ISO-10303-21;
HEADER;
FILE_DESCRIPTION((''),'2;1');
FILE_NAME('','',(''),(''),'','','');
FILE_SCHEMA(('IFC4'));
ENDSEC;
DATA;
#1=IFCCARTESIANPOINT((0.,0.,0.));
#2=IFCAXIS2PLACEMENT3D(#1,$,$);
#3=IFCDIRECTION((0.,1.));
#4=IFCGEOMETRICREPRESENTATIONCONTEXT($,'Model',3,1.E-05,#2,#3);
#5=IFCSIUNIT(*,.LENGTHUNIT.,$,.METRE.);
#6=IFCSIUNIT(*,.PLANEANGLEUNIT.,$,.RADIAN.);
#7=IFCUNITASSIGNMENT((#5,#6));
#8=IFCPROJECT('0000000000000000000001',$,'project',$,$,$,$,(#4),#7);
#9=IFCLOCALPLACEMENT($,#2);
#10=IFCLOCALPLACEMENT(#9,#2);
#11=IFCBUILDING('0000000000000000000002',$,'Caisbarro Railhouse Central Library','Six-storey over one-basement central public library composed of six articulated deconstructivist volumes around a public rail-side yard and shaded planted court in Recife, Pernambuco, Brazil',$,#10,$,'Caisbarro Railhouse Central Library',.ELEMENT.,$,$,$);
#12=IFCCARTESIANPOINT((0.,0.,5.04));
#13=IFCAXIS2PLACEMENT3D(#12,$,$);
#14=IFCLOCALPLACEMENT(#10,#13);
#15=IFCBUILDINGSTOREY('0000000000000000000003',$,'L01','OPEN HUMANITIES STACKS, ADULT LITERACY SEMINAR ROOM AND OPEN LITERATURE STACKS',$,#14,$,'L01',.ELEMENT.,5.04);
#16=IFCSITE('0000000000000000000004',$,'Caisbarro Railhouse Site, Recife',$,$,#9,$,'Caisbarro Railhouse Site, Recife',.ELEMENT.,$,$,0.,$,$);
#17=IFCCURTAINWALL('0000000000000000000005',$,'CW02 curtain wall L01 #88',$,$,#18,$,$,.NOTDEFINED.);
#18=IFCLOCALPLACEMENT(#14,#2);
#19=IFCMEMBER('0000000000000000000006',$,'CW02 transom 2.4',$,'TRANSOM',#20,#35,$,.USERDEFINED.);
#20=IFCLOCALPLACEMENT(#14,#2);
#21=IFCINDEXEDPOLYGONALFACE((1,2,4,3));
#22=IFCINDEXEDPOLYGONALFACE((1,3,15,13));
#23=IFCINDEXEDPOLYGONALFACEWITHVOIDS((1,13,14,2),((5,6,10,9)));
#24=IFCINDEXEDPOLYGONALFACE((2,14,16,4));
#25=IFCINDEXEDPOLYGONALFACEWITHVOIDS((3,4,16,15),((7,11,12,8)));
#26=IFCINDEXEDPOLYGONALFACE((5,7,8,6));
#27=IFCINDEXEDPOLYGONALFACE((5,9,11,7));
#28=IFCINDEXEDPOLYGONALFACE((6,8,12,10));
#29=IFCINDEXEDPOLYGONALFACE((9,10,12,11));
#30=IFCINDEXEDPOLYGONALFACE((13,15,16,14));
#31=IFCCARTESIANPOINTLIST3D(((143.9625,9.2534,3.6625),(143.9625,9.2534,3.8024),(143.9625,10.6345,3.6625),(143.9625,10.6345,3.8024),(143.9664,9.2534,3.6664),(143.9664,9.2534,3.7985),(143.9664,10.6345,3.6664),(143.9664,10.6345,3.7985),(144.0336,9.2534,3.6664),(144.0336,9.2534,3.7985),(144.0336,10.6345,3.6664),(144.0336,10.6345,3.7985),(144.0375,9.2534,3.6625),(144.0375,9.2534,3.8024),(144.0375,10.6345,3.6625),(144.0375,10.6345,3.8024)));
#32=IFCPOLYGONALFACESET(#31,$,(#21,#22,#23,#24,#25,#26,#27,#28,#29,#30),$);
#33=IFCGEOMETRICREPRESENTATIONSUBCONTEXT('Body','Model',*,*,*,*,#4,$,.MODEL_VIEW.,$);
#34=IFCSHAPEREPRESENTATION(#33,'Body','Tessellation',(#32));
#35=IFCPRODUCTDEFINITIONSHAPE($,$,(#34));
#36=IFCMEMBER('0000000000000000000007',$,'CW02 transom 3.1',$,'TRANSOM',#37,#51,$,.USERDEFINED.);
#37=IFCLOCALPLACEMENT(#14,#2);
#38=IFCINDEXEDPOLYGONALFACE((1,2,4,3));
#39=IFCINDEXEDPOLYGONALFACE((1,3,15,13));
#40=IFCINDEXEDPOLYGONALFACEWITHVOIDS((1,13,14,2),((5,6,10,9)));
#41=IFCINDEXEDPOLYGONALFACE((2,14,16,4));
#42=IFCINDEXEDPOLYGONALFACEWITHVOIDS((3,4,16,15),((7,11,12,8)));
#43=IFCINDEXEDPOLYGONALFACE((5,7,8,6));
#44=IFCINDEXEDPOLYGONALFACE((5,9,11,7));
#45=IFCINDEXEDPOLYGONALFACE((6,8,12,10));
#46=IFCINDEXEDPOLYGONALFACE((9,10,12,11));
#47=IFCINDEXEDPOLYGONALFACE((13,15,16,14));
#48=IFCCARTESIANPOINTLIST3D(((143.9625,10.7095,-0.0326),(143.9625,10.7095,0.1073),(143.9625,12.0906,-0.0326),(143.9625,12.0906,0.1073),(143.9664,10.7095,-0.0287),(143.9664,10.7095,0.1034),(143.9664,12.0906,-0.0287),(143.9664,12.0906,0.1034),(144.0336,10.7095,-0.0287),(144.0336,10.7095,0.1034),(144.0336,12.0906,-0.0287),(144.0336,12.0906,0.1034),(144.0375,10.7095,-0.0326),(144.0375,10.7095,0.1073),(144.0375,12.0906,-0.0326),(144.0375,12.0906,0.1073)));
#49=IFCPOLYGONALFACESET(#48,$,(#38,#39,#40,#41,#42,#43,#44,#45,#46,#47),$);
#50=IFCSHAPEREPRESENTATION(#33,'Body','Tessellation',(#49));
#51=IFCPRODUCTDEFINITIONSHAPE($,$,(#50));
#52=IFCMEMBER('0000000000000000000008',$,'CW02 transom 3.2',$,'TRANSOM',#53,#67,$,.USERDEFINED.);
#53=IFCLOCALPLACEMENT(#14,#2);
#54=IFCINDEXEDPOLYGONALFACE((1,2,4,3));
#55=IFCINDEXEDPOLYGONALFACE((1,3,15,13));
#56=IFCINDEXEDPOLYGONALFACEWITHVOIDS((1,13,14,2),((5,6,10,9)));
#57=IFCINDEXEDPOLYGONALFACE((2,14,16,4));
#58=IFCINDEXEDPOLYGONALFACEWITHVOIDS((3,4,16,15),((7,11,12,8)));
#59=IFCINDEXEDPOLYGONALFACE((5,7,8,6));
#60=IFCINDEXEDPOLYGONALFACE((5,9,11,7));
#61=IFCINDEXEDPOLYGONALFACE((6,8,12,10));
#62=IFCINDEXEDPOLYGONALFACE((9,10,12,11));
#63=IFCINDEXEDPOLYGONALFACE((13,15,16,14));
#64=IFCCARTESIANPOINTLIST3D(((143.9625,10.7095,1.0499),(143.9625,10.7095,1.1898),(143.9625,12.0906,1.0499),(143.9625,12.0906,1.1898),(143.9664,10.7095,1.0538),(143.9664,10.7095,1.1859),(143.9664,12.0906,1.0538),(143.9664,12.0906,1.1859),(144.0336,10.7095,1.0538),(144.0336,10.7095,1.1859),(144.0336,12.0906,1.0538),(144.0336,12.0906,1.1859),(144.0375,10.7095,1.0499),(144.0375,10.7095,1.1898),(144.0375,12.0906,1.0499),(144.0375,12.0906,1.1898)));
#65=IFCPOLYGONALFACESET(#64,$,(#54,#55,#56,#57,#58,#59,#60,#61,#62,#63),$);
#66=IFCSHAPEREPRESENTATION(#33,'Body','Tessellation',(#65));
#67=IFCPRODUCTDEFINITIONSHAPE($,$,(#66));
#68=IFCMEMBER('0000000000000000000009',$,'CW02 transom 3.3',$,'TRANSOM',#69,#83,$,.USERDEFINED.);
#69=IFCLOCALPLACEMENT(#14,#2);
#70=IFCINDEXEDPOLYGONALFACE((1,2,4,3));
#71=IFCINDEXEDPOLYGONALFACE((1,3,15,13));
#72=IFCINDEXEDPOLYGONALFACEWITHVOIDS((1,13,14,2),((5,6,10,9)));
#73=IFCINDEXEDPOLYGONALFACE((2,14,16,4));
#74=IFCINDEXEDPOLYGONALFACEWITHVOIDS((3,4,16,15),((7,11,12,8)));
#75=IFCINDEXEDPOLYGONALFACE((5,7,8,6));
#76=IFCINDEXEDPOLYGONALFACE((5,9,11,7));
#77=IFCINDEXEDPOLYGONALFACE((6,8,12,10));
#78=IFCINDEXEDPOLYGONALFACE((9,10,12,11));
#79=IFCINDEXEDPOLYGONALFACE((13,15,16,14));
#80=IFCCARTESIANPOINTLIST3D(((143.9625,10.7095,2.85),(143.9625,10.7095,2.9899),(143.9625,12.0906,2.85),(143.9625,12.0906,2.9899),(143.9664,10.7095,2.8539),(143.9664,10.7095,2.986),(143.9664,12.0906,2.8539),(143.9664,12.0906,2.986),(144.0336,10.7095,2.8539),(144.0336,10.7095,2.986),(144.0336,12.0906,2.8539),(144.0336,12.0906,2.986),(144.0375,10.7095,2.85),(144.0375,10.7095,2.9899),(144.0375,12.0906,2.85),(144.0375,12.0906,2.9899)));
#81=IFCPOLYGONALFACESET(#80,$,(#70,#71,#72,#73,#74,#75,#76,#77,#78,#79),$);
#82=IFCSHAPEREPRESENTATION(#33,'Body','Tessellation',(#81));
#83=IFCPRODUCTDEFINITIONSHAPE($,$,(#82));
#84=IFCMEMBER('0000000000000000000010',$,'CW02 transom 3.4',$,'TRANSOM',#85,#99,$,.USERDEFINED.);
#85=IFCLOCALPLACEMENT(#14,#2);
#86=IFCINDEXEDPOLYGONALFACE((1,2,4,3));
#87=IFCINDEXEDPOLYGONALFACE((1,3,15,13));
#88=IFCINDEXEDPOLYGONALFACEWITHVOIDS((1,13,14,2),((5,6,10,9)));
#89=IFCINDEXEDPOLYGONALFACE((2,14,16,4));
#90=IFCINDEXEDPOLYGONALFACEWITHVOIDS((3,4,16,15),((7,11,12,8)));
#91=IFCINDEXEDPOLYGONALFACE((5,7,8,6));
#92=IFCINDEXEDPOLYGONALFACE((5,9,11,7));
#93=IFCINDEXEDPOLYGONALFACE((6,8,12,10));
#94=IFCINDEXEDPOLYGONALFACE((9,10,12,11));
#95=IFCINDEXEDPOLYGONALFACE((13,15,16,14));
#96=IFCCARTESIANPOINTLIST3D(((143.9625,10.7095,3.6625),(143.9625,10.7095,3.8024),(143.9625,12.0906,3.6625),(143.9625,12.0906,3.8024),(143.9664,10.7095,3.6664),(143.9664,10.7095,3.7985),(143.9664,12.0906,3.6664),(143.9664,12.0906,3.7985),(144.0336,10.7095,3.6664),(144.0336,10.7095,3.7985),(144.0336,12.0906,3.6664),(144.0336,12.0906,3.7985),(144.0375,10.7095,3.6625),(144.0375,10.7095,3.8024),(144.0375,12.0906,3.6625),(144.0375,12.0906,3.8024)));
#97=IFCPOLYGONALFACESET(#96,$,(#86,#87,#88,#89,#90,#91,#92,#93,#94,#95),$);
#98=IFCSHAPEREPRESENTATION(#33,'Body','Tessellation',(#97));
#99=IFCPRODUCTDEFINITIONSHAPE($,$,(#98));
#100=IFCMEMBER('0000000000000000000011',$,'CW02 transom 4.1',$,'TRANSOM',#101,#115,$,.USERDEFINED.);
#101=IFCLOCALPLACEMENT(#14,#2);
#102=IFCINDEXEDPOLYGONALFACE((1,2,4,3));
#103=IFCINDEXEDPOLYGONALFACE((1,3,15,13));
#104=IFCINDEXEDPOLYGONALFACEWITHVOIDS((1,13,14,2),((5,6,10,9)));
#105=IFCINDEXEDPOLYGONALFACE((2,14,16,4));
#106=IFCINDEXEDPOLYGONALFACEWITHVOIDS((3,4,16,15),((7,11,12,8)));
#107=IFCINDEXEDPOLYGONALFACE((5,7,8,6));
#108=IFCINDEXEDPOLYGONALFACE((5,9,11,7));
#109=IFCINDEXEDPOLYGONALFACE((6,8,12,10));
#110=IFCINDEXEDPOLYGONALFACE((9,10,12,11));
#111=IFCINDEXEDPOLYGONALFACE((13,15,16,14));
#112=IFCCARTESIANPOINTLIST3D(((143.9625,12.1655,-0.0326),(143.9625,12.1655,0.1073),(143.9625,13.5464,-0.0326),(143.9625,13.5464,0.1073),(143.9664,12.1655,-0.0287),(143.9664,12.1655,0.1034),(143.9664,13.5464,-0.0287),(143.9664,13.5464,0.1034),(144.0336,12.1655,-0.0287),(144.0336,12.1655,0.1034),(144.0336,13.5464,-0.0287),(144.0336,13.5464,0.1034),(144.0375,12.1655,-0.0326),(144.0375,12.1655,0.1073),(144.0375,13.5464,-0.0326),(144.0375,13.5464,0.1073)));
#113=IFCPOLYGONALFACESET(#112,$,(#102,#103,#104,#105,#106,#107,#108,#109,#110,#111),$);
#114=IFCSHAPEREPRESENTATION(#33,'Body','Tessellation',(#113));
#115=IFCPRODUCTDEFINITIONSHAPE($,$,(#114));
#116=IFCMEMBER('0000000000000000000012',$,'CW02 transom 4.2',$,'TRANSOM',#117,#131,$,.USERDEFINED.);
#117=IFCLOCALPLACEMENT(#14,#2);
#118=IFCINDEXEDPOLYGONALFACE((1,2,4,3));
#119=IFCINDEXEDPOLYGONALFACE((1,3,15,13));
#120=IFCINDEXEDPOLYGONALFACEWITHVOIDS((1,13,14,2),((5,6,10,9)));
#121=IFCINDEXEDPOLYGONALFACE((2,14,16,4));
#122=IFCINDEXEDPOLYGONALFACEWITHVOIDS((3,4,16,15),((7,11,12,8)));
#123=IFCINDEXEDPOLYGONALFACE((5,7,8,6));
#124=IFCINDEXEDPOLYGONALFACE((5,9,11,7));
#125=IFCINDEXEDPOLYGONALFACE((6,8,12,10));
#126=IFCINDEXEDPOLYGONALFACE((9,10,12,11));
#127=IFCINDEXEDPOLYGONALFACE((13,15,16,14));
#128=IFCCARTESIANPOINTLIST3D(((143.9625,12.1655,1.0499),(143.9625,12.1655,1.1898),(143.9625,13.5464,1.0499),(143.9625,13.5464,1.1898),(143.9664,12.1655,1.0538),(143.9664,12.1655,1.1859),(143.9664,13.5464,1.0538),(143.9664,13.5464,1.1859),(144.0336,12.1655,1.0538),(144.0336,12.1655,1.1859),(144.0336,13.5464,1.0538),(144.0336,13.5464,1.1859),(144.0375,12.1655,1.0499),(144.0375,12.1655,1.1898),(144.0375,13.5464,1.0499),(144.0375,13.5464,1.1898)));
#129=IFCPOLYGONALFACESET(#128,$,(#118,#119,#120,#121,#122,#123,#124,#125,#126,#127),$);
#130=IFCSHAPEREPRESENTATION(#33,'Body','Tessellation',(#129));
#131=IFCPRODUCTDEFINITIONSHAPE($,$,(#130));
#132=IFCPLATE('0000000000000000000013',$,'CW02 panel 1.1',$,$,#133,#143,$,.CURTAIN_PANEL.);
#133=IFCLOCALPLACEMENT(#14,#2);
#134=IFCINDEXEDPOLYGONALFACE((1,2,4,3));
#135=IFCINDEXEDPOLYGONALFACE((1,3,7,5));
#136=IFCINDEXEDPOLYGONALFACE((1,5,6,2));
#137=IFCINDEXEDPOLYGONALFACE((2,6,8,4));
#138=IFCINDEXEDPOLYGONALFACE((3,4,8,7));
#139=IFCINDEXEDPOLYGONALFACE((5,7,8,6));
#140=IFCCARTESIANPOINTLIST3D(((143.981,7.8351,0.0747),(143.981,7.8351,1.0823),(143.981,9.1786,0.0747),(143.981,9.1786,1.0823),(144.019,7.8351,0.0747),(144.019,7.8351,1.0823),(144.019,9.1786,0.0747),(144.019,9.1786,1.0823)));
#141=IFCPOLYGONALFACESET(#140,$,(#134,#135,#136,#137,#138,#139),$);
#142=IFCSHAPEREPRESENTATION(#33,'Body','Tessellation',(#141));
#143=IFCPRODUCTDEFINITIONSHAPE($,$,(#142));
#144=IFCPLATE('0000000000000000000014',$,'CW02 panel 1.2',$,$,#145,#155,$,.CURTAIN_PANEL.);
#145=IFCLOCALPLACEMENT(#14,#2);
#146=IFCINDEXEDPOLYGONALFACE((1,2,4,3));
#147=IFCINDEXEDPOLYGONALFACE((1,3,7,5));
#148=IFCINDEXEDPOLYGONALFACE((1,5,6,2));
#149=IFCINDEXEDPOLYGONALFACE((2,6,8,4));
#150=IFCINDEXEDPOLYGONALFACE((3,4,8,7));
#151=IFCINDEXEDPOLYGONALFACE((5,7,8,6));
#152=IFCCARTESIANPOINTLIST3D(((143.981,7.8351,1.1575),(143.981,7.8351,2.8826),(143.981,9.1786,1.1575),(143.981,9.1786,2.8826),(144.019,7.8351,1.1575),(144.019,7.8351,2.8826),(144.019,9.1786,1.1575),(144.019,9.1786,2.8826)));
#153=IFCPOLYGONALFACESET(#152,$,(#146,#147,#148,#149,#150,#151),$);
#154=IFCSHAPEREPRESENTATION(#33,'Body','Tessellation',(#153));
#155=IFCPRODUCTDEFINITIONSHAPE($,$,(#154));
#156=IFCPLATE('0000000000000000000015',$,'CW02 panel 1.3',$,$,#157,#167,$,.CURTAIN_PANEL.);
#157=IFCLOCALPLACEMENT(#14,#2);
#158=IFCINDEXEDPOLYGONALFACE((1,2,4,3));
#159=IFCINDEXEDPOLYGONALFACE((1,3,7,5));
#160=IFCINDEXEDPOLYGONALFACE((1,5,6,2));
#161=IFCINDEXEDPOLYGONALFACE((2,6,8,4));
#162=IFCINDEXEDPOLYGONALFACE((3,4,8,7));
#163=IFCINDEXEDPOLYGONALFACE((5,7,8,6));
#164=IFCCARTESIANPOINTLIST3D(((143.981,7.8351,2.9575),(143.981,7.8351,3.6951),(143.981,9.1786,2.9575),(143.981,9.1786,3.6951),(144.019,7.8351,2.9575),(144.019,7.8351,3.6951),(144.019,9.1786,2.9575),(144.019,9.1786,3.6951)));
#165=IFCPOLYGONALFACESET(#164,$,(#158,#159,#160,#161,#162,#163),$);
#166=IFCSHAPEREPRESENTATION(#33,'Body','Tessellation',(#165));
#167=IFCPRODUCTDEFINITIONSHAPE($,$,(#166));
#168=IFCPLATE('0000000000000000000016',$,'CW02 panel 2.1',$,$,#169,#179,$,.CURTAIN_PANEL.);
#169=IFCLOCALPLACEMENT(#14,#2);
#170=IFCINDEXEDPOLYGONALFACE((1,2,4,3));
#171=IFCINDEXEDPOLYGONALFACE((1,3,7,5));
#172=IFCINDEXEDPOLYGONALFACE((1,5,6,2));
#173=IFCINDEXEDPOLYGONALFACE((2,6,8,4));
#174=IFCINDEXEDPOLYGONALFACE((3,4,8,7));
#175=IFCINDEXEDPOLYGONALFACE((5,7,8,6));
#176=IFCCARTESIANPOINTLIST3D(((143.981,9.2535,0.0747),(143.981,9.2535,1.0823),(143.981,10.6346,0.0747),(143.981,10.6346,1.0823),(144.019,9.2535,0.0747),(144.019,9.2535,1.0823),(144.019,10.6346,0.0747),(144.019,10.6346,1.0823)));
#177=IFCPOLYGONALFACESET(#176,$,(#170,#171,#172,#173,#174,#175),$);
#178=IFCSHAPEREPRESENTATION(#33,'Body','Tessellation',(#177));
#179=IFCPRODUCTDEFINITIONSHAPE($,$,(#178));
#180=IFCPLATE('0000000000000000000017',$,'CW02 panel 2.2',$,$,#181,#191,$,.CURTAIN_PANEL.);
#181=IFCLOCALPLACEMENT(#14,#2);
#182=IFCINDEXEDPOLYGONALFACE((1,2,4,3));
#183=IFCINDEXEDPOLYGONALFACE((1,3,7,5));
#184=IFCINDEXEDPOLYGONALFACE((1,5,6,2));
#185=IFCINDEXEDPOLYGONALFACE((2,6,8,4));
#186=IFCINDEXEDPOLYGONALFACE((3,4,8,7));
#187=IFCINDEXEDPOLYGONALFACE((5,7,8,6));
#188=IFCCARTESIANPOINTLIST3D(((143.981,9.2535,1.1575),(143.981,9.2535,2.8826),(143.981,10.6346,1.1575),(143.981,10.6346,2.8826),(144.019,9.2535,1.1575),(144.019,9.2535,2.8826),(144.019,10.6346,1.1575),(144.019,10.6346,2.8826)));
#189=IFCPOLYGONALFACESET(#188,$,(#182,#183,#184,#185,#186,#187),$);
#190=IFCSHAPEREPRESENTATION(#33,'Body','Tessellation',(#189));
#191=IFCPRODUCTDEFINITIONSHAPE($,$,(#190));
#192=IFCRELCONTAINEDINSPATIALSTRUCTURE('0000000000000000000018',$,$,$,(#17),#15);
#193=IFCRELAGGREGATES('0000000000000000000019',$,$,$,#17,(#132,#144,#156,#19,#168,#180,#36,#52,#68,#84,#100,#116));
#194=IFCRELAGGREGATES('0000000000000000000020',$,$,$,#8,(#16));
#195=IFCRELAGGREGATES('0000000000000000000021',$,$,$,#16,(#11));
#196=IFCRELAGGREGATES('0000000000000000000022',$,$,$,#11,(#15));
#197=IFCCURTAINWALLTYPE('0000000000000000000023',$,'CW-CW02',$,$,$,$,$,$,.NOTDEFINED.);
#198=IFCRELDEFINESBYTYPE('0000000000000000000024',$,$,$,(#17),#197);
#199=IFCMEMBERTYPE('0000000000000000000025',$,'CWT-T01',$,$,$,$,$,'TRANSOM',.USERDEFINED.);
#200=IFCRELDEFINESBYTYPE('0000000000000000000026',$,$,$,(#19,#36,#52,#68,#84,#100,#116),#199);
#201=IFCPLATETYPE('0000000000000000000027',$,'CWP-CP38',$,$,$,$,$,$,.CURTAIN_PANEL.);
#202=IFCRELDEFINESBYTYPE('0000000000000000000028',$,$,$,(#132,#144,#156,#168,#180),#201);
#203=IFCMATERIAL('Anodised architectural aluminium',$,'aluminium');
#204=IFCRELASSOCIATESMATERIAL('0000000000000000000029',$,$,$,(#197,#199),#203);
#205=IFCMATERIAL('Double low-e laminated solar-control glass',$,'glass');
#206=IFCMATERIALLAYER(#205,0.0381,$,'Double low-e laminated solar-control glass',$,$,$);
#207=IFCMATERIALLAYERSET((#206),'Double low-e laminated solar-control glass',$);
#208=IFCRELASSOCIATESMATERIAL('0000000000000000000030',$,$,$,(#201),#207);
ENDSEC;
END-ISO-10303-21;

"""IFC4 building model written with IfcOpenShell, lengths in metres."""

from ifc_helpers import new_model, si_unit, direction, frame, origin, origin_2d, place, context, subcontext, project, spatial, rectangle, hollow_rectangle, extrude, material, layer, layer_set, material_profile, profile_set, type_object, element, aggregate, save


model = new_model("IFC4")

# Units and contexts
model_context = context("Model", 3, precision=1e-05, world=origin(), true_north=direction((0.0, 1.0)))
body_context = subcontext(model_context, "Body", "Model", "MODEL_VIEW")
ifc_project = project(units=[si_unit("LENGTHUNIT", "METRE"), si_unit("PLANEANGLEUNIT", "RADIAN")], contexts=[model_context])

# Site, building, storey
site_placement = place(None, origin())
site = spatial("IfcSite", under=ifc_project, at=site_placement, Name="Caisbarro Railhouse Site, Recife", LongName="Caisbarro Railhouse Site, Recife", CompositionType="ELEMENT", RefElevation=0.0)
building_placement = place(site_placement, origin())
building = spatial("IfcBuilding", under=site, at=building_placement, Name="Caisbarro Railhouse Central Library", Description="Six-storey over one-basement central public library composed of six articulated deconstructivist volumes around a public rail-side yard and shaded planted court in Recife, Pernambuco, Brazil", LongName="Caisbarro Railhouse Central Library", CompositionType="ELEMENT")
storey_placement = place(building_placement, frame((0.0, 0.0, 5.04)))
storey = spatial("IfcBuildingStorey", under=building, at=storey_placement, Name="L01", Description="OPEN HUMANITIES STACKS, ADULT LITERACY SEMINAR ROOM AND OPEN LITERATURE STACKS", LongName="L01", CompositionType="ELEMENT", Elevation=5.04)

# Curtain wall, members, plates
ifc_material_1 = material(Name="Anodised architectural aluminium", Category="aluminium")
curtain_wall_type = type_object("IfcCurtainWallType", Name="CW-CW02", PredefinedType="NOTDEFINED", material=ifc_material_1)
curtain_wall_placement = place(storey_placement, origin())
curtain_wall = element("IfcCurtainWall", 1, at=curtain_wall_placement, inside=storey, type_object=curtain_wall_type, Name="CW02 curtain wall L01 #88", PredefinedType="NOTDEFINED")
ifc_material_profile_1 = material_profile(ifc_material_1, hollow_rectangle(XDim=0.075, YDim=0.1399, WallThickness=0.0039, at=origin_2d()), Name="ALU-TRN-75X140")
ifc_profile_set_1 = profile_set([ifc_material_profile_1], Name="Anodised architectural aluminium")
member_type_1 = type_object("IfcMemberType", Name="CWT-T01", ElementType="TRANSOM", PredefinedType="USERDEFINED", material=ifc_profile_set_1)
member_1_placement = place(storey_placement, frame((144.0, 9.2534, 3.7324), z_axis=(0.0, 1.0, 0.0), x_axis=(-1.0, 0.0, 0.0)))
member_1 = element("IfcMember", 2, at=member_1_placement, type_object=member_type_1, Name="CW02 transom 2.4", ObjectType="TRANSOM", PredefinedType="USERDEFINED", context=body_context, shape_type="SweptSolid", body=[
    extrude(hollow_rectangle(XDim=0.075, YDim=0.1399, WallThickness=0.0039, at=origin_2d()), origin(), (0.0, 0.0, 1.0), 1.3811),
])
member_2_placement = place(storey_placement, frame((144.0, 10.7095, 0.0374), z_axis=(0.0, 1.0, 0.0), x_axis=(-1.0, 0.0, 0.0)))
member_2 = element("IfcMember", 3, at=member_2_placement, type_object=member_type_1, Name="CW02 transom 3.1", ObjectType="TRANSOM", PredefinedType="USERDEFINED", context=body_context, shape_type="SweptSolid", body=[
    extrude(hollow_rectangle(XDim=0.075, YDim=0.1399, WallThickness=0.0039, at=origin_2d()), origin(), (0.0, 0.0, 1.0), 1.3811),
])
member_3_placement = place(storey_placement, frame((144.0, 10.7095, 1.1199), z_axis=(0.0, 1.0, 0.0), x_axis=(-1.0, 0.0, 0.0)))
member_3 = element("IfcMember", 4, at=member_3_placement, type_object=member_type_1, Name="CW02 transom 3.2", ObjectType="TRANSOM", PredefinedType="USERDEFINED", context=body_context, shape_type="SweptSolid", body=[
    extrude(hollow_rectangle(XDim=0.075, YDim=0.1399, WallThickness=0.0039, at=origin_2d()), origin(), (0.0, 0.0, 1.0), 1.3811),
])
member_4_placement = place(storey_placement, frame((144.0, 10.7095, 2.9199), z_axis=(0.0, 1.0, 0.0), x_axis=(-1.0, 0.0, 0.0)))
member_4 = element("IfcMember", 5, at=member_4_placement, type_object=member_type_1, Name="CW02 transom 3.3", ObjectType="TRANSOM", PredefinedType="USERDEFINED", context=body_context, shape_type="SweptSolid", body=[
    extrude(hollow_rectangle(XDim=0.075, YDim=0.1399, WallThickness=0.0039, at=origin_2d()), origin(), (0.0, 0.0, 1.0), 1.3811),
])
member_5_placement = place(storey_placement, frame((144.0, 10.7095, 3.7324), z_axis=(0.0, 1.0, 0.0), x_axis=(-1.0, 0.0, 0.0)))
member_5 = element("IfcMember", 6, at=member_5_placement, type_object=member_type_1, Name="CW02 transom 3.4", ObjectType="TRANSOM", PredefinedType="USERDEFINED", context=body_context, shape_type="SweptSolid", body=[
    extrude(hollow_rectangle(XDim=0.075, YDim=0.1399, WallThickness=0.0039, at=origin_2d()), origin(), (0.0, 0.0, 1.0), 1.3811),
])
member_6_placement = place(storey_placement, frame((144.0, 12.1655, 0.0374), z_axis=(0.0, 1.0, 0.0), x_axis=(-1.0, 0.0, 0.0)))
member_6 = element("IfcMember", 7, at=member_6_placement, type_object=member_type_1, Name="CW02 transom 4.1", ObjectType="TRANSOM", PredefinedType="USERDEFINED", context=body_context, shape_type="SweptSolid", body=[
    extrude(hollow_rectangle(XDim=0.075, YDim=0.1399, WallThickness=0.0039, at=origin_2d()), origin(), (0.0, 0.0, 1.0), 1.3809),
])
member_7_placement = place(storey_placement, frame((144.0, 12.1655, 1.1199), z_axis=(0.0, 1.0, 0.0), x_axis=(-1.0, 0.0, 0.0)))
member_7 = element("IfcMember", 8, at=member_7_placement, type_object=member_type_1, Name="CW02 transom 4.2", ObjectType="TRANSOM", PredefinedType="USERDEFINED", context=body_context, shape_type="SweptSolid", body=[
    extrude(hollow_rectangle(XDim=0.075, YDim=0.1399, WallThickness=0.0039, at=origin_2d()), origin(), (0.0, 0.0, 1.0), 1.3809),
])
ifc_material_2 = material(Name="Double low-e laminated solar-control glass", Category="glass")
ifc_layer_1 = layer(ifc_material_2, 0.0381, Name="Double low-e laminated solar-control glass")
ifc_layer_set_1 = layer_set([ifc_layer_1], Name="Double low-e laminated solar-control glass")
plate_type = type_object("IfcPlateType", Name="CWP-CP38", PredefinedType="CURTAIN_PANEL", material=ifc_layer_set_1)
plate_1_placement = place(storey_placement, frame((144.0, 8.5068, 0.0747), z_axis=(0.0, 0.0, 1.0), x_axis=(0.0, 1.0, 0.0)))
plate_1 = element("IfcPlate", 9, at=plate_1_placement, type_object=plate_type, Name="CW02 panel 1.1", PredefinedType="CURTAIN_PANEL", context=body_context, shape_type="SweptSolid", body=[
    extrude(rectangle(XDim=1.3435, YDim=0.0381, at=origin_2d()), origin(), (0.0, 0.0, 1.0), 1.0076),
])
plate_2_placement = place(storey_placement, frame((144.0, 8.5068, 1.1575), z_axis=(0.0, 0.0, 1.0), x_axis=(0.0, 1.0, 0.0)))
plate_2 = element("IfcPlate", 10, at=plate_2_placement, type_object=plate_type, Name="CW02 panel 1.2", PredefinedType="CURTAIN_PANEL", context=body_context, shape_type="SweptSolid", body=[
    extrude(rectangle(XDim=1.3435, YDim=0.0381, at=origin_2d()), origin(), (0.0, 0.0, 1.0), 1.7251),
])
plate_3_placement = place(storey_placement, frame((144.0, 8.5068, 2.9575), z_axis=(0.0, 0.0, 1.0), x_axis=(0.0, 1.0, 0.0)))
plate_3 = element("IfcPlate", 11, at=plate_3_placement, type_object=plate_type, Name="CW02 panel 1.3", PredefinedType="CURTAIN_PANEL", context=body_context, shape_type="SweptSolid", body=[
    extrude(rectangle(XDim=1.3435, YDim=0.0381, at=origin_2d()), origin(), (0.0, 0.0, 1.0), 0.7375),
])
plate_4_placement = place(storey_placement, frame((144.0, 9.9441, 0.0747), z_axis=(0.0, 0.0, 1.0), x_axis=(0.0, 1.0, 0.0)))
plate_4 = element("IfcPlate", 12, at=plate_4_placement, type_object=plate_type, Name="CW02 panel 2.1", PredefinedType="CURTAIN_PANEL", context=body_context, shape_type="SweptSolid", body=[
    extrude(rectangle(XDim=1.3811, YDim=0.0381, at=origin_2d()), origin(), (0.0, 0.0, 1.0), 1.0076),
])
plate_5_placement = place(storey_placement, frame((144.0, 9.9441, 1.1575), z_axis=(0.0, 0.0, 1.0), x_axis=(0.0, 1.0, 0.0)))
plate_5 = element("IfcPlate", 13, at=plate_5_placement, type_object=plate_type, Name="CW02 panel 2.2", PredefinedType="CURTAIN_PANEL", context=body_context, shape_type="SweptSolid", body=[
    extrude(rectangle(XDim=1.3811, YDim=0.0381, at=origin_2d()), origin(), (0.0, 0.0, 1.0), 1.7251),
])
aggregate(curtain_wall, [plate_1, plate_2, plate_3, member_1, plate_4, plate_5, member_2, member_3, member_4, member_5, member_6, member_7])

save(model, "model.ifc")
